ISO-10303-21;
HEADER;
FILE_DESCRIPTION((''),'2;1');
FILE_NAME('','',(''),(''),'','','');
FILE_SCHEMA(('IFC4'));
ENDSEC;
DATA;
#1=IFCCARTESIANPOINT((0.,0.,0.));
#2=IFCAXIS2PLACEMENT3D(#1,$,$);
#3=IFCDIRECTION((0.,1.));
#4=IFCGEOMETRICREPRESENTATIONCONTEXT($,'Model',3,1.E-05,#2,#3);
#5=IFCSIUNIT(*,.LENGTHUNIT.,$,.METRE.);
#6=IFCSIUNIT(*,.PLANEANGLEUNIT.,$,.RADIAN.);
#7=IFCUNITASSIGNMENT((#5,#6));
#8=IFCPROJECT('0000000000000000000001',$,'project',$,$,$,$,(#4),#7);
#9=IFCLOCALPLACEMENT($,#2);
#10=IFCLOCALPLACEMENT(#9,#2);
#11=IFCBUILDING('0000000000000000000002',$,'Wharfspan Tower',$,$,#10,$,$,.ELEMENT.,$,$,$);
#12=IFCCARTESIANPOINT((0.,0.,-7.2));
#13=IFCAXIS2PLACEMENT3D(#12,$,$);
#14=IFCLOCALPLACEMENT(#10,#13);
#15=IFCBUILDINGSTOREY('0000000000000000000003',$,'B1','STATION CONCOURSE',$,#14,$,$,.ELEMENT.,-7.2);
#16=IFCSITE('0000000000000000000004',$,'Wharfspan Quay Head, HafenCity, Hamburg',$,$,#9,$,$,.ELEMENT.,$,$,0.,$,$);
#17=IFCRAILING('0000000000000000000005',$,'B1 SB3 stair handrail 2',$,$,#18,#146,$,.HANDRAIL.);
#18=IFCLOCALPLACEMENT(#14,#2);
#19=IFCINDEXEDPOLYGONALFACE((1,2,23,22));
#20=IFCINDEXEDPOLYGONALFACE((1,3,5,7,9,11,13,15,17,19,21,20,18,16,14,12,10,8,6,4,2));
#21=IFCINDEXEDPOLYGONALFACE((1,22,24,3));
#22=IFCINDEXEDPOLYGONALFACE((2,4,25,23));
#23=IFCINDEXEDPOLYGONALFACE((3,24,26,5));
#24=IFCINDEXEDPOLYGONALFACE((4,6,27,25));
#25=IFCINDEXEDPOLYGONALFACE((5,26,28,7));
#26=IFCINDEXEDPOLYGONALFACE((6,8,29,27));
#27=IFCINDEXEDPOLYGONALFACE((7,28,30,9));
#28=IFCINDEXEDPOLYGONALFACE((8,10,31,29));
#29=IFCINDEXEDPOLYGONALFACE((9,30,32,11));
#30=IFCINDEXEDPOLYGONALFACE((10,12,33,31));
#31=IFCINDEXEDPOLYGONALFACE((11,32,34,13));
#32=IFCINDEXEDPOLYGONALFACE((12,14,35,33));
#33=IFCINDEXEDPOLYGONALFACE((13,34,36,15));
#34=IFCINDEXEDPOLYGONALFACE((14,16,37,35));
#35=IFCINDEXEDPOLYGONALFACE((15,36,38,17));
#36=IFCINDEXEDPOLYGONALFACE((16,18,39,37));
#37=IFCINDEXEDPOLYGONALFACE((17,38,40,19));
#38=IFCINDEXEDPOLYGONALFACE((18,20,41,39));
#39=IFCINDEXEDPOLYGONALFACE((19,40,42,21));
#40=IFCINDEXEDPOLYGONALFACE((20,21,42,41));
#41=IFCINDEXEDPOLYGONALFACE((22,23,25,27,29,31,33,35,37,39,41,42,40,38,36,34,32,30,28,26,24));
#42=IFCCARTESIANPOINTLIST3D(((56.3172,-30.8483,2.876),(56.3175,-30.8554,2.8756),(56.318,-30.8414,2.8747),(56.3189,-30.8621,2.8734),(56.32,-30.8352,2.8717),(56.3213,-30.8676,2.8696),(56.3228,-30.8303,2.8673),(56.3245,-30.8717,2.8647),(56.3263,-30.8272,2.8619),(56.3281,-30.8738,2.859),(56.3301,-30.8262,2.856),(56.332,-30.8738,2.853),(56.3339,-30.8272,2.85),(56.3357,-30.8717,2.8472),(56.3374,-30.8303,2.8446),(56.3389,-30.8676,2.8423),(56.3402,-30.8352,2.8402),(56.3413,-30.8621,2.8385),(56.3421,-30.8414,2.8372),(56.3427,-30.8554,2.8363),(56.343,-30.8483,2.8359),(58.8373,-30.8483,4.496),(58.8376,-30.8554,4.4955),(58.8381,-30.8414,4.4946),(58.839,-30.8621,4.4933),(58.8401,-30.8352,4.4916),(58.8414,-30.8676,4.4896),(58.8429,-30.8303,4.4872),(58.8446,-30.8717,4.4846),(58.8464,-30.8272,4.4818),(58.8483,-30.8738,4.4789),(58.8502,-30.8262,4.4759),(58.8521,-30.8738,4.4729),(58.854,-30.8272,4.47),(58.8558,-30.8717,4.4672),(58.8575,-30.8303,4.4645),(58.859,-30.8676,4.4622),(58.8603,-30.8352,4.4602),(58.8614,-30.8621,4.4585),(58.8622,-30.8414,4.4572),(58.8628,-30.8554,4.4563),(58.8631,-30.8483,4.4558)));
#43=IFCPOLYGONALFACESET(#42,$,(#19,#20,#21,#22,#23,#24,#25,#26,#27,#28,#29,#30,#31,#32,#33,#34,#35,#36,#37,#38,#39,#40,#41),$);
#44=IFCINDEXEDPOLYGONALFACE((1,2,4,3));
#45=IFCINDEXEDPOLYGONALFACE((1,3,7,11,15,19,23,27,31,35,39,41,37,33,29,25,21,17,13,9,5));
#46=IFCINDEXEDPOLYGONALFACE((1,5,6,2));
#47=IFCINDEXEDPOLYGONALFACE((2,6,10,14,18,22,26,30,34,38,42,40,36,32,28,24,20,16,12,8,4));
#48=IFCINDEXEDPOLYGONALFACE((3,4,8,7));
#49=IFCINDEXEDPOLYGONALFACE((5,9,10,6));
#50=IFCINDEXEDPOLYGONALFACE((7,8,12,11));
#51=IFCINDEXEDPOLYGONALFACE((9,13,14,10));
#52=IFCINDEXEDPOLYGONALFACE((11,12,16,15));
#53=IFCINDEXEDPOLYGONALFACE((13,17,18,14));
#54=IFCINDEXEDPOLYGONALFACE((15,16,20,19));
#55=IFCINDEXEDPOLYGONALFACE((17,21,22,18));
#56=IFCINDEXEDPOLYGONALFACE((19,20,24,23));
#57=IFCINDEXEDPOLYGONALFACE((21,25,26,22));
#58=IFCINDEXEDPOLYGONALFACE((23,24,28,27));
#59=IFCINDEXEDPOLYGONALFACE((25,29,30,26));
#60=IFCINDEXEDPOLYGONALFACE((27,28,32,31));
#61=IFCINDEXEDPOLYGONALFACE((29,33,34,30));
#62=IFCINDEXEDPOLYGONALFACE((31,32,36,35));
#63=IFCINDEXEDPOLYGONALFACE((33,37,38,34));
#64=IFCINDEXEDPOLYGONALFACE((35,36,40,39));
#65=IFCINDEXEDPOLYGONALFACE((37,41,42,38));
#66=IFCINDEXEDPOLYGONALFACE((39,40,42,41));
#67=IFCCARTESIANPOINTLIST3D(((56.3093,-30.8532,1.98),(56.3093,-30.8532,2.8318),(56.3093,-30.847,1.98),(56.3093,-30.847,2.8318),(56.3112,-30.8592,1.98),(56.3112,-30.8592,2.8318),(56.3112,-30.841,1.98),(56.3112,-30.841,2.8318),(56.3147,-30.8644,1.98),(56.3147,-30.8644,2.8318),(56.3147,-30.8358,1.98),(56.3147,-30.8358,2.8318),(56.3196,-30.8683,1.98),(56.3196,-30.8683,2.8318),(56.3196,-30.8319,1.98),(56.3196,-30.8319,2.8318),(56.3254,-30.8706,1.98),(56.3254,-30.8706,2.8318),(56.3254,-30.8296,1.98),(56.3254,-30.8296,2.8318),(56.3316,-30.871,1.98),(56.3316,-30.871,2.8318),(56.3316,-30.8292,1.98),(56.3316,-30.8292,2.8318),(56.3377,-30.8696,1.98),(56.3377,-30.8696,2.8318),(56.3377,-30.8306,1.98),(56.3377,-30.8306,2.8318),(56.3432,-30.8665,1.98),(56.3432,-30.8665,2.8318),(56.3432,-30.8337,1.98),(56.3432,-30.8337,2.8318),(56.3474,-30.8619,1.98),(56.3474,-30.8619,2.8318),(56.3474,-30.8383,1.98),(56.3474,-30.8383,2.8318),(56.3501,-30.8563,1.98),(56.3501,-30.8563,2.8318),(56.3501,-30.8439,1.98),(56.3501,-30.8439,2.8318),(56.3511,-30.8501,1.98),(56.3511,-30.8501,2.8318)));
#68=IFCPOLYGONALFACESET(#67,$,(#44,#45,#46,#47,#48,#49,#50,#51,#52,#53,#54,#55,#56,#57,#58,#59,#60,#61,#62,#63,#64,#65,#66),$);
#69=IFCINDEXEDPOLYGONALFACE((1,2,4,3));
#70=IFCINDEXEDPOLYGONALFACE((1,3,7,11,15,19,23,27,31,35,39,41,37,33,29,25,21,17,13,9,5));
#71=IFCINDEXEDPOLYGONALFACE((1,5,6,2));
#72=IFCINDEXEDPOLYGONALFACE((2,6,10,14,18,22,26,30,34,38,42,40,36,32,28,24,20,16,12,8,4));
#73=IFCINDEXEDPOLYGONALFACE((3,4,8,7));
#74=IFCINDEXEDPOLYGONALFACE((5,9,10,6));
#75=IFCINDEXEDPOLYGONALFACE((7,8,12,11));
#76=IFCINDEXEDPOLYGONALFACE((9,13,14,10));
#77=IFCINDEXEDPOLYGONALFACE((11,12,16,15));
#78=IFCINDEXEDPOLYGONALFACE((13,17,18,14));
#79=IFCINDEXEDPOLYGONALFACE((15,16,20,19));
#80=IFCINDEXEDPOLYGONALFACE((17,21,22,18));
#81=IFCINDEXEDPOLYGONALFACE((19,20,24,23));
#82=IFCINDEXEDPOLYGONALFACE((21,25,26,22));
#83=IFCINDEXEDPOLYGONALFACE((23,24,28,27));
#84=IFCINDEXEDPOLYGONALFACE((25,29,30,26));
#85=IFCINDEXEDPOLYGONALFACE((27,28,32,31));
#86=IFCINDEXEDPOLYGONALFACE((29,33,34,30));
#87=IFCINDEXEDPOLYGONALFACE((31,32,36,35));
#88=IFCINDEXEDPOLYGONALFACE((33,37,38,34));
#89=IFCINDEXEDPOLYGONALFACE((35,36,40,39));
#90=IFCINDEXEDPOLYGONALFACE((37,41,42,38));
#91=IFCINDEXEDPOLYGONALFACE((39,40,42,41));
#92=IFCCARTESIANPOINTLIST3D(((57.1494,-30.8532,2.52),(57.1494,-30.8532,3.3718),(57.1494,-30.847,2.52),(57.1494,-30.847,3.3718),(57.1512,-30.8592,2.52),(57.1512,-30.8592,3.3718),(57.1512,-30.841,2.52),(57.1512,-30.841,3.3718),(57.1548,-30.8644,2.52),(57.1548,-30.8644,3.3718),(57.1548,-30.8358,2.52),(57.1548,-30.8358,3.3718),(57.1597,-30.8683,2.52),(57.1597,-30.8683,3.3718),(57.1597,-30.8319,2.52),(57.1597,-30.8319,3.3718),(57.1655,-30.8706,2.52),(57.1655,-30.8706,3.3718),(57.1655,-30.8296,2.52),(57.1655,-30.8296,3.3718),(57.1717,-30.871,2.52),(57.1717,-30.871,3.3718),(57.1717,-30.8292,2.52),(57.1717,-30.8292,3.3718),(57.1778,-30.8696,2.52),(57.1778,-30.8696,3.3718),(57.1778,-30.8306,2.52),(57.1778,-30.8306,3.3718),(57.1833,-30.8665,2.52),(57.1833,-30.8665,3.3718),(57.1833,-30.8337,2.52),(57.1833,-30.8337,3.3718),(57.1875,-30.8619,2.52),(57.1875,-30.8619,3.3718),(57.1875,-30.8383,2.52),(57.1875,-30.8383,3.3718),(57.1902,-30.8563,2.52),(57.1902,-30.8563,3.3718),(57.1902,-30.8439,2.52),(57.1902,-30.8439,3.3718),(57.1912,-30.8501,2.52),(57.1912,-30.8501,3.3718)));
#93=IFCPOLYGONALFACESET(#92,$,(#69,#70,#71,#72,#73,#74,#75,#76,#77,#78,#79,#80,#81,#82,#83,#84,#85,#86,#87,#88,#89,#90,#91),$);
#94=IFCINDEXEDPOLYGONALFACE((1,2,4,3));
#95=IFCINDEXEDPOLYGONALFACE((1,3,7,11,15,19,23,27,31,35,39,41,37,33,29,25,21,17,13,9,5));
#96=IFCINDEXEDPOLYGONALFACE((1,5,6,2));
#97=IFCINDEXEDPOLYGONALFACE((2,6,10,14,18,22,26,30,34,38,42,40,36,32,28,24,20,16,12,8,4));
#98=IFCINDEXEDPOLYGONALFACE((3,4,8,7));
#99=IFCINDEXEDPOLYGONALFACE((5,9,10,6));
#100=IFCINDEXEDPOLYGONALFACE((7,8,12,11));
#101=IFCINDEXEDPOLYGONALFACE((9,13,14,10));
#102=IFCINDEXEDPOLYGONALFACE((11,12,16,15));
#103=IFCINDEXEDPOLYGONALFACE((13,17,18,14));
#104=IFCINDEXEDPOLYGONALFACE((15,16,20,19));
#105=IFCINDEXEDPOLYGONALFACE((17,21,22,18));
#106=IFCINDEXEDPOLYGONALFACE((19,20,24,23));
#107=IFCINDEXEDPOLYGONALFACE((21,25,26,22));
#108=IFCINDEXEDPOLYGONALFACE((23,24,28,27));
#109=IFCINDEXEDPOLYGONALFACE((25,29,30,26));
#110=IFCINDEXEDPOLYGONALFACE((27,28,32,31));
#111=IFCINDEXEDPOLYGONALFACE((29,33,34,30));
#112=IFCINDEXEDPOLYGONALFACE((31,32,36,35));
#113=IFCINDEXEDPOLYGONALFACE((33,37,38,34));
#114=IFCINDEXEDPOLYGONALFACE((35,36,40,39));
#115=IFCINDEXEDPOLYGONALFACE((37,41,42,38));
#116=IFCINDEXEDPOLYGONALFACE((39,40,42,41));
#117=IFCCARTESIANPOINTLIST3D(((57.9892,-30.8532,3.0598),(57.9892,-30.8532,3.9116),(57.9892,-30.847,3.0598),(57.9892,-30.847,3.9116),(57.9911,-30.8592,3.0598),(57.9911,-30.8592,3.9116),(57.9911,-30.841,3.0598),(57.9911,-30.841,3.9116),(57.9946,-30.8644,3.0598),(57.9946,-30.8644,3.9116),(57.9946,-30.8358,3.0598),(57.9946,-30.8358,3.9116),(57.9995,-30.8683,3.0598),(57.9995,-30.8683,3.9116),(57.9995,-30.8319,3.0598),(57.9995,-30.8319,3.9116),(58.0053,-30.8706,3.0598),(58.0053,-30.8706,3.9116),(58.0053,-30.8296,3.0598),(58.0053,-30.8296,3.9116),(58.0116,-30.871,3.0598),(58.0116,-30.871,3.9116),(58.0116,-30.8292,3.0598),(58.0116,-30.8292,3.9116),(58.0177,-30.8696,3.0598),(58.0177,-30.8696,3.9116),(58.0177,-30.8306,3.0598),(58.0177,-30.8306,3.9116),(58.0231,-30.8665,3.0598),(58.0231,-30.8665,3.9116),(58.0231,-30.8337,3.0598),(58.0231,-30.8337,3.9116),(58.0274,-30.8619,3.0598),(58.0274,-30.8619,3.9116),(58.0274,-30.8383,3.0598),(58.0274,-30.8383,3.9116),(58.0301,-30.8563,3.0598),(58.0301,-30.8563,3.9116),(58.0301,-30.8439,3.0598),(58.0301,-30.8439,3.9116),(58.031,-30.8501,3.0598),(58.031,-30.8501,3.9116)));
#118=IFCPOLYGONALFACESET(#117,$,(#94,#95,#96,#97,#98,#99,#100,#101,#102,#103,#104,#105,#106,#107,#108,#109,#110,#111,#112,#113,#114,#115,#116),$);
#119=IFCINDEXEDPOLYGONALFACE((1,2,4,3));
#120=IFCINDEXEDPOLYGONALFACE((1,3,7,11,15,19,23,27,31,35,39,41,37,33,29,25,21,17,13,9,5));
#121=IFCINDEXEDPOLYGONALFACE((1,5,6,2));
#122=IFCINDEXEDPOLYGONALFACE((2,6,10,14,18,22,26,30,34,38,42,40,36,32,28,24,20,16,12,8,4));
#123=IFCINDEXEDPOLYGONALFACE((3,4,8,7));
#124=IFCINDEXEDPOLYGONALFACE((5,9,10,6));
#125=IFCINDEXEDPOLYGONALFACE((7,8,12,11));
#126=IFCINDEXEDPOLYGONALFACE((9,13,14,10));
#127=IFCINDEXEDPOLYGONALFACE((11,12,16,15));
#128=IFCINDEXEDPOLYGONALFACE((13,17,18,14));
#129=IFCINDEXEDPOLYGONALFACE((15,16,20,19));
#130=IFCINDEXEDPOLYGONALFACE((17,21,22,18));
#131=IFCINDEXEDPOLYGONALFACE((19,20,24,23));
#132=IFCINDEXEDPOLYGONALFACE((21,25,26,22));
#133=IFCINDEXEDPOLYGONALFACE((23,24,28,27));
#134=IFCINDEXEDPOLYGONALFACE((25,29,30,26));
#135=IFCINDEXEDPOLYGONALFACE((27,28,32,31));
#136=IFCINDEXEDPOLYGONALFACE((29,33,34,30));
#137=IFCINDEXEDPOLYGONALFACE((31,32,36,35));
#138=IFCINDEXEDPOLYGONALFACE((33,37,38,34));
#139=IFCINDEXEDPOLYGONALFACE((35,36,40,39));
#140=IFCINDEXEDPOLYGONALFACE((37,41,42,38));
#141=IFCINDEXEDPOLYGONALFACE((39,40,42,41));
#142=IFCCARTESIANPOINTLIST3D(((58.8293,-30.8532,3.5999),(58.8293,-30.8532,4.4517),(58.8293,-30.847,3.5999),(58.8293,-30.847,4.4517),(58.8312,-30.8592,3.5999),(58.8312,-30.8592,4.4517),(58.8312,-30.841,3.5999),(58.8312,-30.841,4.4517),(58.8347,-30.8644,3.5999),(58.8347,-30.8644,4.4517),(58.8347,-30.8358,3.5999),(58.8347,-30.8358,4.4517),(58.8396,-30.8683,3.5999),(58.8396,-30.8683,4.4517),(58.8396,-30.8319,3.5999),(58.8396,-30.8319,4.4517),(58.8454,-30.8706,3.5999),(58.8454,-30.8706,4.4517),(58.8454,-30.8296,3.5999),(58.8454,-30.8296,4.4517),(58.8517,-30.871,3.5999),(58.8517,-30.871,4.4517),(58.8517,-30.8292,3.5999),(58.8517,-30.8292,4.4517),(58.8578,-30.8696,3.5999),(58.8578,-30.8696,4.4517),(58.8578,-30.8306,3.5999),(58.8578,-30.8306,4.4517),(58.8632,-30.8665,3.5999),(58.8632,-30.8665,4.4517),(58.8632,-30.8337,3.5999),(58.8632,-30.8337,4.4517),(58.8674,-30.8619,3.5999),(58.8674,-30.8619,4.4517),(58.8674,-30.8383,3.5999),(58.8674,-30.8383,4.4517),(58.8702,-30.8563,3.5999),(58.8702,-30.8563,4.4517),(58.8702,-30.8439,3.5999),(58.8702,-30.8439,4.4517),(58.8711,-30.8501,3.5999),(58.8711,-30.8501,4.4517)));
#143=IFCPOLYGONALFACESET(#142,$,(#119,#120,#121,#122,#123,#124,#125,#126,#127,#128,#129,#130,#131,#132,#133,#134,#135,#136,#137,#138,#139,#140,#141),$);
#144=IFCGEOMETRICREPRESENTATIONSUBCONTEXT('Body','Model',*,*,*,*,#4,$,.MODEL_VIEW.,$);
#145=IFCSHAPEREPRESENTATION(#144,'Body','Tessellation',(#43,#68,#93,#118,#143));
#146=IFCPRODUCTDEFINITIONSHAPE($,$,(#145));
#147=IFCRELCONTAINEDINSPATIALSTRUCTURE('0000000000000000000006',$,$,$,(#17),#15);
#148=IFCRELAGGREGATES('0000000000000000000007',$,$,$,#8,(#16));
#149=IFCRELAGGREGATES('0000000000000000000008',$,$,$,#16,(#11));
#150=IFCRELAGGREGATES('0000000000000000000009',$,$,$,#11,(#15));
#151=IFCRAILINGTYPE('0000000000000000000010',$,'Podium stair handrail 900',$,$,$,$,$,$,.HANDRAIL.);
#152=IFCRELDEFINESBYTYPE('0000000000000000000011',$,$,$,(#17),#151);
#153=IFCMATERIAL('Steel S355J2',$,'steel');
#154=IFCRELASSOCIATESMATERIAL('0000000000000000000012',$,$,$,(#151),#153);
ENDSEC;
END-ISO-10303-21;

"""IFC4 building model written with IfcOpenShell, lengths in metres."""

from ifc_helpers import new_model, si_unit, direction, frame, origin, origin_2d, place, context, subcontext, project, spatial, circle, extrude, material, type_object, element, save


model = new_model("IFC4")

# Units and contexts
model_context = context("Model", 3, precision=1e-05, world=origin(), true_north=direction((0.0, 1.0)))
body_context = subcontext(model_context, "Body", "Model", "MODEL_VIEW")
ifc_project = project(units=[si_unit("LENGTHUNIT", "METRE"), si_unit("PLANEANGLEUNIT", "RADIAN")], contexts=[model_context])

# Site, building, storey
site_placement = place(None, origin())
site = spatial("IfcSite", under=ifc_project, at=site_placement, Name="Wharfspan Quay Head, HafenCity, Hamburg", CompositionType="ELEMENT", RefElevation=0.0)
building_placement = place(site_placement, origin())
building = spatial("IfcBuilding", under=site, at=building_placement, Name="Wharfspan Tower", CompositionType="ELEMENT")
storey_placement = place(building_placement, frame((0.0, 0.0, -7.2)))
storey = spatial("IfcBuildingStorey", under=building, at=storey_placement, Name="B1", Description="STATION CONCOURSE", CompositionType="ELEMENT", Elevation=-7.2)

# Railing
ifc_material_1 = material(Name="Steel S355J2", Category="steel")
railing_type_1 = type_object("IfcRailingType", Name="Podium stair handrail 900", PredefinedType="HANDRAIL", material=ifc_material_1)
railing_1_placement = place(storey_placement, frame((56.3301, -30.8501, 1.98)))
element("IfcRailing", 1, at=railing_1_placement, inside=storey, type_object=railing_type_1, Name="B1 SB3 stair handrail 2", PredefinedType="HANDRAIL", context=body_context, shape_type="SweptSolid", body=[
    extrude(circle(Radius=0.0239, at=origin_2d()), frame((0.0, 0.0, 0.876), z_axis=(0.8412, 0.0, 0.540725), x_axis=(0.0, 1.0, 0.0)), (0.0, 0.0, 1.0), 2.9958),
    extrude(circle(Radius=0.021, at=origin_2d()), origin(), (0.0, 0.0, 1.0), 0.8518),
    extrude(circle(Radius=0.021, at=origin_2d()), frame((0.8401, 0.0, 0.54)), (0.0, 0.0, 1.0), 0.8518),
    extrude(circle(Radius=0.021, at=origin_2d()), frame((1.6799, 0.0, 1.0798)), (0.0, 0.0, 1.0), 0.8518),
    extrude(circle(Radius=0.021, at=origin_2d()), frame((2.52, 0.0, 1.6199)), (0.0, 0.0, 1.0), 0.8518),
])

save(model, "model.ifc")
